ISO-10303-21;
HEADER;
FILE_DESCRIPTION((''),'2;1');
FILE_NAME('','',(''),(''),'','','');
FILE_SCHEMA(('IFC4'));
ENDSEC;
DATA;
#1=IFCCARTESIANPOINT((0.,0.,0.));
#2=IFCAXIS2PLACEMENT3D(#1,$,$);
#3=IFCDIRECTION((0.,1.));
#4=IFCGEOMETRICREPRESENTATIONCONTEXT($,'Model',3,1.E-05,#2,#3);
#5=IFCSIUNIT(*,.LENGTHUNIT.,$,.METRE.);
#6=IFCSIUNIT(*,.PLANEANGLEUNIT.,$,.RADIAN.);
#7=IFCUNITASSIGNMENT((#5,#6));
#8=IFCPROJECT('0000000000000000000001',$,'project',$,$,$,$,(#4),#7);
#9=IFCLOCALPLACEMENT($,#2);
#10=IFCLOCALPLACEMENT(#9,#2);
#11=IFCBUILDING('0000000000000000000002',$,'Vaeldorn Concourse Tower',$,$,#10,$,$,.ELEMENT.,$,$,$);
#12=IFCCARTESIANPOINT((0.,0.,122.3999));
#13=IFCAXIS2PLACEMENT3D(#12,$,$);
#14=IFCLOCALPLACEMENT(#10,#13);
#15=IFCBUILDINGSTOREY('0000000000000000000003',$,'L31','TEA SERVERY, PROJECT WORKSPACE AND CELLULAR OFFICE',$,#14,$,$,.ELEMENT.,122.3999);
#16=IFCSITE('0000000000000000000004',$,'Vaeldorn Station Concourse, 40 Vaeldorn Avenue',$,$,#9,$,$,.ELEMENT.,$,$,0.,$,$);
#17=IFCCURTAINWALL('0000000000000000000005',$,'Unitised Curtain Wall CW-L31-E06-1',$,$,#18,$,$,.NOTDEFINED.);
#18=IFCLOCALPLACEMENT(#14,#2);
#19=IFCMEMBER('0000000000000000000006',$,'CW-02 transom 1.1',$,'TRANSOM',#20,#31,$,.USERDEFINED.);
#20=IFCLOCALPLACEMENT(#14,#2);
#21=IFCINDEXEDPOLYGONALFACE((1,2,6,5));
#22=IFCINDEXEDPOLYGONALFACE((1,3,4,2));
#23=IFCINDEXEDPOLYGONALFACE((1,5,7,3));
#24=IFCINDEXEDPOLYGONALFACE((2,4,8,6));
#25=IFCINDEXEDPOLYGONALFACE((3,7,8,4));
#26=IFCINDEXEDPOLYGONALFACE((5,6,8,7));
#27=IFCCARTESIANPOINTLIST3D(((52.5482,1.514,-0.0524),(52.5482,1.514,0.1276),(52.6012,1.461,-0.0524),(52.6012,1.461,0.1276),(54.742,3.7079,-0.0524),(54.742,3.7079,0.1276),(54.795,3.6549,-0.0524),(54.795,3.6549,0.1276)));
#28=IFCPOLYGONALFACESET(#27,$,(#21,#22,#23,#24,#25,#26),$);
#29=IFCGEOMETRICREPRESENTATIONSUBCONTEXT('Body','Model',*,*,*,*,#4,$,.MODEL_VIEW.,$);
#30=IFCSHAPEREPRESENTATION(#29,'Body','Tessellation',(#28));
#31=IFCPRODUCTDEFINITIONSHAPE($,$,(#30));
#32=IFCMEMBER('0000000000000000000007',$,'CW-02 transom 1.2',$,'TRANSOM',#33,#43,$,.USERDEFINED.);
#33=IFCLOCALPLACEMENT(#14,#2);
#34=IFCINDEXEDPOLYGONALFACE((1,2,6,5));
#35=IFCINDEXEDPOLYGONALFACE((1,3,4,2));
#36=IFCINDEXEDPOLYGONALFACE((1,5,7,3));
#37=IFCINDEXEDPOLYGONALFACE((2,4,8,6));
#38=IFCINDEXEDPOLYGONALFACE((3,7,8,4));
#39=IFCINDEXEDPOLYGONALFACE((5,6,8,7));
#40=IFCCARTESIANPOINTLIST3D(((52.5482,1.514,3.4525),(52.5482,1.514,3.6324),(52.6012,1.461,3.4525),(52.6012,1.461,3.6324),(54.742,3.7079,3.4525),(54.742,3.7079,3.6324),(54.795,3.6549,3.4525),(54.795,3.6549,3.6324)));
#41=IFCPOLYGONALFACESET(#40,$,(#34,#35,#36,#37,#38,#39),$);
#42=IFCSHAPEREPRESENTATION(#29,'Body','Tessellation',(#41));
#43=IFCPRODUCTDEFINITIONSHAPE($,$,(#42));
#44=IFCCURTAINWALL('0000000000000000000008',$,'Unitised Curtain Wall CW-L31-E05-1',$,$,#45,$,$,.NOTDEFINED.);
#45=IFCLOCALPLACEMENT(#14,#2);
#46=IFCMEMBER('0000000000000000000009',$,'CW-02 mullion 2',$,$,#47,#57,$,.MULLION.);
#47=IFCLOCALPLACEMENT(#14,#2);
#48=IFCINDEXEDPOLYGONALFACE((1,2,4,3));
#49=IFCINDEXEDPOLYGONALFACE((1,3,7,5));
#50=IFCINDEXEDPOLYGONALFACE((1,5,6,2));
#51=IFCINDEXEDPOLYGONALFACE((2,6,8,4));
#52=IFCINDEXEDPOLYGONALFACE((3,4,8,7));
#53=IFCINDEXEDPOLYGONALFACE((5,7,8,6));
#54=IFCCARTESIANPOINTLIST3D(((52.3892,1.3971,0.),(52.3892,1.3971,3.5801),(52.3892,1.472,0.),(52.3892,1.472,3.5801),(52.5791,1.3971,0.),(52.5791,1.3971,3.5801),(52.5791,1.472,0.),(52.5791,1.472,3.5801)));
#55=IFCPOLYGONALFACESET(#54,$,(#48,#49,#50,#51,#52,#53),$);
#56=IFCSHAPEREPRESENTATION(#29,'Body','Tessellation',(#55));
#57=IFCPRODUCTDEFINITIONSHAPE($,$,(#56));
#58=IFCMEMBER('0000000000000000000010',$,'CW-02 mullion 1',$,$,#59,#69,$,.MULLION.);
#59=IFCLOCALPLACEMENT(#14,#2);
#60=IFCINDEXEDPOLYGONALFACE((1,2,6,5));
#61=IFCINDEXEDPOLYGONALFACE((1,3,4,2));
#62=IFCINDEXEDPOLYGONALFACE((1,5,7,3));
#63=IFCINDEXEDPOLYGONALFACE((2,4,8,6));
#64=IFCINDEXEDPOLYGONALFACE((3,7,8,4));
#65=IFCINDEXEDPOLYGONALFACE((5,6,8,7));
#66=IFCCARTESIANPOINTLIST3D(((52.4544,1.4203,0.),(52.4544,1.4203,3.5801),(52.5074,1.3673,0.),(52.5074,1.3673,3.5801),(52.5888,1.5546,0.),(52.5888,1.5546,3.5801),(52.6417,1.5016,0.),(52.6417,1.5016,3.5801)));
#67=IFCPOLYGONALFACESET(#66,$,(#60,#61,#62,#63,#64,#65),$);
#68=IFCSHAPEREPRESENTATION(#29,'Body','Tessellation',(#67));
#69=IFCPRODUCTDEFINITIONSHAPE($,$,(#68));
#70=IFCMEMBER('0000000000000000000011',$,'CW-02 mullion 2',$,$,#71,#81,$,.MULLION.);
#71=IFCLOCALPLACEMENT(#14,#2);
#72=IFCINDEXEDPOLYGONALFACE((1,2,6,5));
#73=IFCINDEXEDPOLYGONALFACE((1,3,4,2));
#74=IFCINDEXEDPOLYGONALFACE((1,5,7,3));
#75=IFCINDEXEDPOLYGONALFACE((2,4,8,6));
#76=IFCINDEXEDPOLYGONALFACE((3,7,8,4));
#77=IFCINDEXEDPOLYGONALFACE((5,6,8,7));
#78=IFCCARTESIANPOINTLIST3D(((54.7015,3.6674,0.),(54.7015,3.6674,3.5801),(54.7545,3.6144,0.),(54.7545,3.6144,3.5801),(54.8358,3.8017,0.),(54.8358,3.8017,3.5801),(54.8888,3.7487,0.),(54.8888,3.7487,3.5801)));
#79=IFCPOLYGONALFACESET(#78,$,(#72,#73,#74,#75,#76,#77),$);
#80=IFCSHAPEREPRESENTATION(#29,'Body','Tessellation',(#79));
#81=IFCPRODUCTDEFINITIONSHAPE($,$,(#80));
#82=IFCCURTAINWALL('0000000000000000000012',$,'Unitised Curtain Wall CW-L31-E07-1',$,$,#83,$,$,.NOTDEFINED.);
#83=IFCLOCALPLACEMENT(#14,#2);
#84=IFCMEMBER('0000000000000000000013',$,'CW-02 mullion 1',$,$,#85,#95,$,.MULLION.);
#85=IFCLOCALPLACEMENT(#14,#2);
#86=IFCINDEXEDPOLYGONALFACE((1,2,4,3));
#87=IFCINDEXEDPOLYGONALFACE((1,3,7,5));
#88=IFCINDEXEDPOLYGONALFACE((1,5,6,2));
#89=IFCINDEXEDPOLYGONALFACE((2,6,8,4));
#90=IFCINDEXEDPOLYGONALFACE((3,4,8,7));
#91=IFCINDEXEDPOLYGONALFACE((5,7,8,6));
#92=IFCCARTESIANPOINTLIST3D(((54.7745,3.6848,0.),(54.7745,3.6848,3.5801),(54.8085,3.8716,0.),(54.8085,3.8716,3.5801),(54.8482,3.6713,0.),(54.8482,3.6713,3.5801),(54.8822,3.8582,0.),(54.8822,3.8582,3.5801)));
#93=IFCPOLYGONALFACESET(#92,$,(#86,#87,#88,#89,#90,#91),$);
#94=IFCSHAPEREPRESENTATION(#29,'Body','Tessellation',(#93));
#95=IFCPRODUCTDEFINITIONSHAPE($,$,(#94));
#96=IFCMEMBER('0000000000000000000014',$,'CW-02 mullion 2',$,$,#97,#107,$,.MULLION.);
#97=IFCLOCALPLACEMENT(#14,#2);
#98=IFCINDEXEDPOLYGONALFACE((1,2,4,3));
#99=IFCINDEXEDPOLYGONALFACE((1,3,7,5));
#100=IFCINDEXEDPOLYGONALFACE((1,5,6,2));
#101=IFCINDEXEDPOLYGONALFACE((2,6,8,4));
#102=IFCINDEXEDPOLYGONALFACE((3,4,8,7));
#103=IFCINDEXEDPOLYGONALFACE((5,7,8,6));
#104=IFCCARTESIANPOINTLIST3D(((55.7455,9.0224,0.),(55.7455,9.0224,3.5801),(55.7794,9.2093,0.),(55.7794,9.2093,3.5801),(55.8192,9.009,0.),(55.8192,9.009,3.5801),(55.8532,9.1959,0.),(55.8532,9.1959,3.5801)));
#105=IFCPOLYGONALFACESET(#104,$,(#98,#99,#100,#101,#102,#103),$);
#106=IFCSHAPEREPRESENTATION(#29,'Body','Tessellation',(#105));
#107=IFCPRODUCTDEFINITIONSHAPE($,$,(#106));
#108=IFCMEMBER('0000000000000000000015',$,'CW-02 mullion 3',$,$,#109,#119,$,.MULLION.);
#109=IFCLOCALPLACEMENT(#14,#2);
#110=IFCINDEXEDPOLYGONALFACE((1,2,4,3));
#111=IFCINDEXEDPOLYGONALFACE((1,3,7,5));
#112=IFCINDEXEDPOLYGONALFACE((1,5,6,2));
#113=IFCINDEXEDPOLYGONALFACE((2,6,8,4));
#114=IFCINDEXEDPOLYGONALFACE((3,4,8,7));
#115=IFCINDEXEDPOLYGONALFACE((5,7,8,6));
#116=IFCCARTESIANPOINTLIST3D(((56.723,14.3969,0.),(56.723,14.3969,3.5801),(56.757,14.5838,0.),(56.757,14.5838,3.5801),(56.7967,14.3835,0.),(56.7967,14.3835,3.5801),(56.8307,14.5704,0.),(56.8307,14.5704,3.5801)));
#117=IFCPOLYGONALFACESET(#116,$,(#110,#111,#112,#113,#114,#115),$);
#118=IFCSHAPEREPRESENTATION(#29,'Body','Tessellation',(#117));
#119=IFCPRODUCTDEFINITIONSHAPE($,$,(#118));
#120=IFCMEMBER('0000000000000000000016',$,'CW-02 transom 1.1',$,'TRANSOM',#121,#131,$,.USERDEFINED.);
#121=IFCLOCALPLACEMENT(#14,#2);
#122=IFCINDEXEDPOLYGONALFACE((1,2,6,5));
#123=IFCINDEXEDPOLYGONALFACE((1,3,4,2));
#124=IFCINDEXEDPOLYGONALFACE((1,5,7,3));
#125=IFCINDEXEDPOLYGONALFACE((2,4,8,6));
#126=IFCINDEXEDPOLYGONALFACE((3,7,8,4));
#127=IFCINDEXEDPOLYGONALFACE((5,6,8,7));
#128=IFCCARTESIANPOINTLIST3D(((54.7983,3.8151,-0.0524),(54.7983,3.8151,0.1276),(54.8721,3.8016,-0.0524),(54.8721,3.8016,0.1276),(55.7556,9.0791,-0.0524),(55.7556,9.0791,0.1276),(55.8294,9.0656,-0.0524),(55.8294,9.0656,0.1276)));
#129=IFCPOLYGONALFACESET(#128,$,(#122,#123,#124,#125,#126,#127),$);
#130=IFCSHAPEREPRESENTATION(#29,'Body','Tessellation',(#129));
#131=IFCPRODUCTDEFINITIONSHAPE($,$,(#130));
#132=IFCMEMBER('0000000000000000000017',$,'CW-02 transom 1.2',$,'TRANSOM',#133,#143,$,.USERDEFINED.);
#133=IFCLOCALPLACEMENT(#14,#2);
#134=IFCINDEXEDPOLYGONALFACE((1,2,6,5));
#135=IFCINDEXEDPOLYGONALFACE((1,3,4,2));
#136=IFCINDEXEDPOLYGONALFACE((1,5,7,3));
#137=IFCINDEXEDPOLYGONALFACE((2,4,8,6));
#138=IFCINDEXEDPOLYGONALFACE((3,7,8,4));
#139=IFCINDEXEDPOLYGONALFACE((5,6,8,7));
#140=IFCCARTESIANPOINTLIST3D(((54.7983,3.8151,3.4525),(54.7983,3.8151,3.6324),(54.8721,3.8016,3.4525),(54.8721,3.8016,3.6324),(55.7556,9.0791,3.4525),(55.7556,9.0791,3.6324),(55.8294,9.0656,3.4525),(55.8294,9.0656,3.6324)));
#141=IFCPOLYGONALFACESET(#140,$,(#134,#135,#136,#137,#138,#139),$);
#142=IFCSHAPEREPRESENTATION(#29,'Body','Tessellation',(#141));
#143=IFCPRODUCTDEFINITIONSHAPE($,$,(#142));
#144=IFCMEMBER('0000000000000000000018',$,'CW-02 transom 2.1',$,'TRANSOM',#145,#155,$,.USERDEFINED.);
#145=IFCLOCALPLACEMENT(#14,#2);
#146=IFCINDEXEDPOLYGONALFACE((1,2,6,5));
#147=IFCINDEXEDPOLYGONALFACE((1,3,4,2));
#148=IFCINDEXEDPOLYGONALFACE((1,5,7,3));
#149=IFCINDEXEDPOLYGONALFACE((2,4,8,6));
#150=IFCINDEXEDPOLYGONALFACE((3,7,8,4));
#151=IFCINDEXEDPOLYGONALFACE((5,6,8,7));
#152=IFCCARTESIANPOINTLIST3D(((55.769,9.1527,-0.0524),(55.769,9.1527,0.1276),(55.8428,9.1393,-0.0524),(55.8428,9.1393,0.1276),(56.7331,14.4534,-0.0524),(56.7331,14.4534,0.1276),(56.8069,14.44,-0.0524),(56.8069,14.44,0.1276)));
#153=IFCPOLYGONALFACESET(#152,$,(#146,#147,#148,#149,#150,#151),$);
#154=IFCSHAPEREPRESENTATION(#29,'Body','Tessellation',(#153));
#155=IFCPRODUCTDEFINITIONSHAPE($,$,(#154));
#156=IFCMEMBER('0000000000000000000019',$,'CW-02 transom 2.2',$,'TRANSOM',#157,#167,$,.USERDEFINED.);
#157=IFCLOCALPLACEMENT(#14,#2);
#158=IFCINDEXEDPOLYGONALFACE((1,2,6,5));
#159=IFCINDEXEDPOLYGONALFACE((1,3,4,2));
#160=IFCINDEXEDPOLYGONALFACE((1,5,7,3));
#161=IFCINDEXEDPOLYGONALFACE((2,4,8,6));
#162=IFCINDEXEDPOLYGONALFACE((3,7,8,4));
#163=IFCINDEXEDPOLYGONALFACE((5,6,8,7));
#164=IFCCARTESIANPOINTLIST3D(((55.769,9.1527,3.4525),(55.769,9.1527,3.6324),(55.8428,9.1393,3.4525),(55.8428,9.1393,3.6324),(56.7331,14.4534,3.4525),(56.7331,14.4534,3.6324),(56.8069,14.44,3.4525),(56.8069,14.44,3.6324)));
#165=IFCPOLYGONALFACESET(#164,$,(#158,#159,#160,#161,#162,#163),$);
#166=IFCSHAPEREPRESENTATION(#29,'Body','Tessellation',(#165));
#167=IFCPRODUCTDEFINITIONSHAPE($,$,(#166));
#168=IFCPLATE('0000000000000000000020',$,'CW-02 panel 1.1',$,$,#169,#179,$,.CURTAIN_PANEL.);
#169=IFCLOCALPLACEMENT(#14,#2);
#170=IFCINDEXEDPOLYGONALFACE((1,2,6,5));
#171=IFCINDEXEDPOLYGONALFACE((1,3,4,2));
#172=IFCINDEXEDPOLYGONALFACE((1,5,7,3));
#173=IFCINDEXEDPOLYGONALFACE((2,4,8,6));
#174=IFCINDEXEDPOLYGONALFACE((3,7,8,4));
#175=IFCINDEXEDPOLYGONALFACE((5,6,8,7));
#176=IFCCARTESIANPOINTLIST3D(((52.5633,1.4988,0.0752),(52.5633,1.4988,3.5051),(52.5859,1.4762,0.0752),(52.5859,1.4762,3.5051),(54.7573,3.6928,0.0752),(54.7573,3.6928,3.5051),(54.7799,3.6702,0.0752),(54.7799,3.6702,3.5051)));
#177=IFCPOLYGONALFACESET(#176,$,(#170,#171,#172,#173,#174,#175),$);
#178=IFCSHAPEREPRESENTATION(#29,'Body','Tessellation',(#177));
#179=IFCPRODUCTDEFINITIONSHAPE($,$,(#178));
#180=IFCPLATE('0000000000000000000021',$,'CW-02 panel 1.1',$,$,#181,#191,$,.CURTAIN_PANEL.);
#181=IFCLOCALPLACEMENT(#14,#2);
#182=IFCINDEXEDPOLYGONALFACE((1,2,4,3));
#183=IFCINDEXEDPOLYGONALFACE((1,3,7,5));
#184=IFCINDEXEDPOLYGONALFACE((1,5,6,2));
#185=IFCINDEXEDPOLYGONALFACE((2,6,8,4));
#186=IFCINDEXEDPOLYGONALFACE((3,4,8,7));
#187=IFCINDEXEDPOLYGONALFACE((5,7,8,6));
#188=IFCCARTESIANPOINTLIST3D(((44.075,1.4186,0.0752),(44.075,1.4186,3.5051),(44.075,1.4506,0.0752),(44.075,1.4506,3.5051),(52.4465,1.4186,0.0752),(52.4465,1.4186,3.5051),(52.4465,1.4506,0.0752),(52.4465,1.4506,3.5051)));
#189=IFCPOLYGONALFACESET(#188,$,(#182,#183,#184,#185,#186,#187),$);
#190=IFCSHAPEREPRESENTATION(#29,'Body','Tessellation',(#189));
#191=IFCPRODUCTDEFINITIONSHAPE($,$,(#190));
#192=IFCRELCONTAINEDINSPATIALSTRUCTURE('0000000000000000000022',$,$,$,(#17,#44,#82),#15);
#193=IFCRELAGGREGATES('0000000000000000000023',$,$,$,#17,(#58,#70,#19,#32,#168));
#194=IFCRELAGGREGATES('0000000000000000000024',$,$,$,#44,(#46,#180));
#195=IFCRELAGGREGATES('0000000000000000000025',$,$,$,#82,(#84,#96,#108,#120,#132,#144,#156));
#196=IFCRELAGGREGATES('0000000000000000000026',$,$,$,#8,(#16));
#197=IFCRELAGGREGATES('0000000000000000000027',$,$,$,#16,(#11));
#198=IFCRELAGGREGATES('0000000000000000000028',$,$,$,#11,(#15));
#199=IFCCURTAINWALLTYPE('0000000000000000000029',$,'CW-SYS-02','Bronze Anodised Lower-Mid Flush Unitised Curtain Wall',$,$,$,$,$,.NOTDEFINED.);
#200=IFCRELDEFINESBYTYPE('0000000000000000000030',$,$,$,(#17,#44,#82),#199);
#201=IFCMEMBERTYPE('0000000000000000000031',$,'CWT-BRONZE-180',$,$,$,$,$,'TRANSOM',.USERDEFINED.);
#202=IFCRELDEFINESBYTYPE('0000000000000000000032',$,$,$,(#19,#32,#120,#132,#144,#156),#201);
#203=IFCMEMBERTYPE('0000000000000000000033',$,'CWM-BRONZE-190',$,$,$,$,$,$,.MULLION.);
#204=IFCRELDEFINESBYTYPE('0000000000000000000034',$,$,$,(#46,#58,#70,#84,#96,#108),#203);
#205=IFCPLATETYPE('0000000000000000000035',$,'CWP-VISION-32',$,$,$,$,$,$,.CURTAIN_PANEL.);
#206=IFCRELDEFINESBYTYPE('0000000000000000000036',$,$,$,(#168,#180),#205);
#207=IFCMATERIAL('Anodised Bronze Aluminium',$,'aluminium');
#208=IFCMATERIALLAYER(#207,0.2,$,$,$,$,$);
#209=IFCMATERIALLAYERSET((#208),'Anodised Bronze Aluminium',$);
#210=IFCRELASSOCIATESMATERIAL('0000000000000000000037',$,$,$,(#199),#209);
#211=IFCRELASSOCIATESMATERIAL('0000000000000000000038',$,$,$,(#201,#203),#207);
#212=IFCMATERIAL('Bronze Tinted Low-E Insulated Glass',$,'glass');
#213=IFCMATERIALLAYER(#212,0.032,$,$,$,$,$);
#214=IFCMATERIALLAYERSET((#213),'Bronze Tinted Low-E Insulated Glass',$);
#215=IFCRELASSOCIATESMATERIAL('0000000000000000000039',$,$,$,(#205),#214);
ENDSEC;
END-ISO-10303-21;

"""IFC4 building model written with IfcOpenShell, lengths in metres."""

from ifc_helpers import new_model, si_unit, direction, frame, origin, origin_2d, place, context, subcontext, project, spatial, rectangle, extrude, source, transform, mapped, material, layer, layer_set, material_profile, profile_set, type_object, element, aggregate, save


model = new_model("IFC4")

# Units and contexts
model_context = context("Model", 3, precision=1e-05, world=origin(), true_north=direction((0.0, 1.0)))
body_context = subcontext(model_context, "Body", "Model", "MODEL_VIEW")
ifc_project = project(units=[si_unit("LENGTHUNIT", "METRE"), si_unit("PLANEANGLEUNIT", "RADIAN")], contexts=[model_context])

# Site, building, storey
site_placement = place(None, origin())
site = spatial("IfcSite", under=ifc_project, at=site_placement, Name="Vaeldorn Station Concourse, 40 Vaeldorn Avenue", CompositionType="ELEMENT", RefElevation=0.0)
building_placement = place(site_placement, origin())
building = spatial("IfcBuilding", under=site, at=building_placement, Name="Vaeldorn Concourse Tower", CompositionType="ELEMENT")
storey_placement = place(building_placement, frame((0.0, 0.0, 122.3999)))
storey = spatial("IfcBuildingStorey", under=building, at=storey_placement, Name="L31", Description="TEA SERVERY, PROJECT WORKSPACE AND CELLULAR OFFICE", CompositionType="ELEMENT", Elevation=122.3999)

# Curtain wall, members
ifc_material_1 = material(Name="Anodised Bronze Aluminium", Category="aluminium")
ifc_layer_1 = layer(ifc_material_1, 0.2)
ifc_layer_set_1 = layer_set([ifc_layer_1], Name="Anodised Bronze Aluminium")
curtain_wall_type = type_object("IfcCurtainWallType", Name="CW-SYS-02", Description="Bronze Anodised Lower-Mid Flush Unitised Curtain Wall", PredefinedType="NOTDEFINED", material=ifc_layer_set_1)
curtain_wall_1_placement = place(storey_placement, origin())
curtain_wall_1 = element("IfcCurtainWall", 1, at=curtain_wall_1_placement, inside=storey, type_object=curtain_wall_type, Name="Unitised Curtain Wall CW-L31-E06-1", PredefinedType="NOTDEFINED")
ifc_material_profile_1 = material_profile(ifc_material_1, rectangle(XDim=0.075, YDim=0.1799, at=origin_2d()), Name="CWT 75x180")
ifc_profile_set_1 = profile_set([ifc_material_profile_1], Name="Anodised Bronze Aluminium")
member_type_1 = type_object("IfcMemberType", Name="CWT-BRONZE-180", ElementType="TRANSOM", PredefinedType="USERDEFINED", material=ifc_profile_set_1)
shared_shape_1 = source(origin(), body_context, "Body", "SweptSolid", [
    extrude(rectangle(XDim=0.075, YDim=0.1799, at=origin_2d()), origin(), (0.0, 0.0, 1.0), 3.1025),
])
member_1_placement = place(storey_placement, frame((52.5747, 1.4875, 0.0376), z_axis=(0.707107, 0.707107, 0.0), x_axis=(-0.707107, 0.707107, 0.0)))
member_1 = element("IfcMember", 2, at=member_1_placement, type_object=member_type_1, Name="CW-02 transom 1.1", ObjectType="TRANSOM", PredefinedType="USERDEFINED", context=body_context, shape_type="MappedRepresentation", body=[
    mapped(shared_shape_1, transform((0.0, 0.0, 0.0), scale=1.0)),
])
member_2_placement = place(storey_placement, frame((52.5747, 1.4875, 3.5425), z_axis=(0.707107, 0.707107, 0.0), x_axis=(-0.707107, 0.707107, 0.0)))
member_2 = element("IfcMember", 3, at=member_2_placement, type_object=member_type_1, Name="CW-02 transom 1.2", ObjectType="TRANSOM", PredefinedType="USERDEFINED", context=body_context, shape_type="MappedRepresentation", body=[
    mapped(shared_shape_1, transform((0.0, 0.0, 0.0), scale=1.0)),
])

# Curtain wall, member
curtain_wall_2_placement = place(storey_placement, origin())
curtain_wall_2 = element("IfcCurtainWall", 4, at=curtain_wall_2_placement, inside=storey, type_object=curtain_wall_type, Name="Unitised Curtain Wall CW-L31-E05-1", PredefinedType="NOTDEFINED")
ifc_material_profile_2 = material_profile(ifc_material_1, rectangle(XDim=0.075, YDim=0.1899, at=origin_2d()), Name="CWM 75x190")
ifc_profile_set_2 = profile_set([ifc_material_profile_2], Name="Anodised Bronze Aluminium")
member_type_2 = type_object("IfcMemberType", Name="CWM-BRONZE-190", PredefinedType="MULLION", material=ifc_profile_set_2)
shared_shape_2 = source(origin(), body_context, "Body", "SweptSolid", [
    extrude(rectangle(XDim=0.075, YDim=0.1899, at=origin_2d()), origin(), (0.0, 0.0, 1.0), 3.5801),
])
member_3_placement = place(storey_placement, frame((52.4841, 1.4346, 0.0), z_axis=(0.0, 0.0, 1.0), x_axis=(0.0, 1.0, 0.0)))
member_3 = element("IfcMember", 5, at=member_3_placement, type_object=member_type_2, Name="CW-02 mullion 2", PredefinedType="MULLION", context=body_context, shape_type="MappedRepresentation", body=[
    mapped(shared_shape_2, transform((0.0, 0.0, 0.0), scale=1.0)),
])

# Members
member_4_placement = place(storey_placement, frame((52.5481, 1.4609, 0.0), z_axis=(0.0, 0.0, 1.0), x_axis=(-0.707107, 0.707107, 0.0)))
member_4 = element("IfcMember", 6, at=member_4_placement, type_object=member_type_2, Name="CW-02 mullion 1", PredefinedType="MULLION", context=body_context, shape_type="MappedRepresentation", body=[
    mapped(shared_shape_2, transform((0.0, 0.0, 0.0), scale=1.0)),
])
member_5_placement = place(storey_placement, frame((54.7952, 3.708, 0.0), z_axis=(0.0, 0.0, 1.0), x_axis=(-0.707107, 0.707107, 0.0)))
member_5 = element("IfcMember", 7, at=member_5_placement, type_object=member_type_2, Name="CW-02 mullion 2", PredefinedType="MULLION", context=body_context, shape_type="MappedRepresentation", body=[
    mapped(shared_shape_2, transform((0.0, 0.0, 0.0), scale=1.0)),
])

# Curtain wall, members
curtain_wall_3_placement = place(storey_placement, origin())
curtain_wall_3 = element("IfcCurtainWall", 8, at=curtain_wall_3_placement, inside=storey, type_object=curtain_wall_type, Name="Unitised Curtain Wall CW-L31-E07-1", PredefinedType="NOTDEFINED")
member_6_placement = place(storey_placement, frame((54.8284, 3.7715, 0.0), z_axis=(0.0, 0.0, 1.0), x_axis=(-0.983859, 0.178945, 0.0)))
member_6 = element("IfcMember", 9, at=member_6_placement, type_object=member_type_2, Name="CW-02 mullion 1", PredefinedType="MULLION", context=body_context, shape_type="MappedRepresentation", body=[
    mapped(shared_shape_2, transform((0.0, 0.0, 0.0), scale=1.0)),
])
member_7_placement = place(storey_placement, frame((55.7993, 9.1091, 0.0), z_axis=(0.0, 0.0, 1.0), x_axis=(-0.983859, 0.178945, 0.0)))
member_7 = element("IfcMember", 10, at=member_7_placement, type_object=member_type_2, Name="CW-02 mullion 2", PredefinedType="MULLION", context=body_context, shape_type="MappedRepresentation", body=[
    mapped(shared_shape_2, transform((0.0, 0.0, 0.0), scale=1.0)),
])
member_8_placement = place(storey_placement, frame((56.7769, 14.4836, 0.0), z_axis=(0.0, 0.0, 1.0), x_axis=(-0.983859, 0.178945, 0.0)))
member_8 = element("IfcMember", 11, at=member_8_placement, type_object=member_type_2, Name="CW-02 mullion 3", PredefinedType="MULLION", context=body_context, shape_type="MappedRepresentation", body=[
    mapped(shared_shape_2, transform((0.0, 0.0, 0.0), scale=1.0)),
])
shared_shape_3 = source(origin(), body_context, "Body", "SweptSolid", [
    extrude(rectangle(XDim=0.075, YDim=0.1799, at=origin_2d()), origin(), (0.0, 0.0, 1.0), 5.3503),
])
member_9_placement = place(storey_placement, frame((54.8352, 3.8083, 0.0376), z_axis=(0.178922, 0.983863, 0.0), x_axis=(-0.983863, 0.178922, 0.0)))
member_9 = element("IfcMember", 12, at=member_9_placement, type_object=member_type_1, Name="CW-02 transom 1.1", ObjectType="TRANSOM", PredefinedType="USERDEFINED", context=body_context, shape_type="MappedRepresentation", body=[
    mapped(shared_shape_3, transform((0.0, 0.0, 0.0), scale=1.0)),
])
member_10_placement = place(storey_placement, frame((54.8352, 3.8083, 3.5425), z_axis=(0.178922, 0.983863, 0.0), x_axis=(-0.983863, 0.178922, 0.0)))
member_10 = element("IfcMember", 13, at=member_10_placement, type_object=member_type_1, Name="CW-02 transom 1.2", ObjectType="TRANSOM", PredefinedType="USERDEFINED", context=body_context, shape_type="MappedRepresentation", body=[
    mapped(shared_shape_3, transform((0.0, 0.0, 0.0), scale=1.0)),
])
shared_shape_4 = source(origin(), body_context, "Body", "SweptSolid", [
    extrude(rectangle(XDim=0.075, YDim=0.1799, at=origin_2d()), origin(), (0.0, 0.0, 1.0), 5.3877),
])
member_11_placement = place(storey_placement, frame((55.8059, 9.146, 0.0376), z_axis=(0.178945, 0.983859, 0.0), x_axis=(-0.983859, 0.178945, 0.0)))
member_11 = element("IfcMember", 14, at=member_11_placement, type_object=member_type_1, Name="CW-02 transom 2.1", ObjectType="TRANSOM", PredefinedType="USERDEFINED", context=body_context, shape_type="MappedRepresentation", body=[
    mapped(shared_shape_4, transform((0.0, 0.0, 0.0), scale=1.0)),
])
member_12_placement = place(storey_placement, frame((55.8059, 9.146, 3.5425), z_axis=(0.178945, 0.983859, 0.0), x_axis=(-0.983859, 0.178945, 0.0)))
member_12 = element("IfcMember", 15, at=member_12_placement, type_object=member_type_1, Name="CW-02 transom 2.2", ObjectType="TRANSOM", PredefinedType="USERDEFINED", context=body_context, shape_type="MappedRepresentation", body=[
    mapped(shared_shape_4, transform((0.0, 0.0, 0.0), scale=1.0)),
])

# Plates
ifc_material_2 = material(Name="Bronze Tinted Low-E Insulated Glass", Category="glass")
ifc_layer_2 = layer(ifc_material_2, 0.032)
ifc_layer_set_2 = layer_set([ifc_layer_2], Name="Bronze Tinted Low-E Insulated Glass")
plate_type = type_object("IfcPlateType", Name="CWP-VISION-32", PredefinedType="CURTAIN_PANEL", material=ifc_layer_set_2)
shared_shape_5 = source(origin(), body_context, "Body", "SweptSolid", [
    extrude(rectangle(XDim=3.1028, YDim=0.032, at=origin_2d()), origin(), (0.0, 0.0, 1.0), 3.4299),
])
plate_1_placement = place(storey_placement, frame((53.6716, 2.5845, 0.0752), z_axis=(0.0, 0.0, 1.0), x_axis=(0.707107, 0.707107, 0.0)))
plate_1 = element("IfcPlate", 16, at=plate_1_placement, type_object=plate_type, Name="CW-02 panel 1.1", PredefinedType="CURTAIN_PANEL", context=body_context, shape_type="MappedRepresentation", body=[
    mapped(shared_shape_5, transform((0.0, 0.0, 0.0), scale=1.0)),
])
aggregate(curtain_wall_1, [member_4, member_5, member_1, member_2, plate_1])
shared_shape_6 = source(origin(), body_context, "Body", "SweptSolid", [
    extrude(rectangle(XDim=8.3716, YDim=0.032, at=origin_2d()), origin(), (0.0, 0.0, 1.0), 3.4299),
])
plate_2_placement = place(storey_placement, frame((48.2607, 1.4346, 0.0752), z_axis=(0.0, 0.0, 1.0), x_axis=(1.0, 0.0, 0.0)))
plate_2 = element("IfcPlate", 17, at=plate_2_placement, type_object=plate_type, Name="CW-02 panel 1.1", PredefinedType="CURTAIN_PANEL", context=body_context, shape_type="MappedRepresentation", body=[
    mapped(shared_shape_6, transform((0.0, 0.0, 0.0), scale=1.0)),
])
aggregate(curtain_wall_2, [member_3, plate_2])
aggregate(curtain_wall_3, [member_6, member_7, member_8, member_9, member_10, member_11, member_12])

save(model, "model.ifc")
